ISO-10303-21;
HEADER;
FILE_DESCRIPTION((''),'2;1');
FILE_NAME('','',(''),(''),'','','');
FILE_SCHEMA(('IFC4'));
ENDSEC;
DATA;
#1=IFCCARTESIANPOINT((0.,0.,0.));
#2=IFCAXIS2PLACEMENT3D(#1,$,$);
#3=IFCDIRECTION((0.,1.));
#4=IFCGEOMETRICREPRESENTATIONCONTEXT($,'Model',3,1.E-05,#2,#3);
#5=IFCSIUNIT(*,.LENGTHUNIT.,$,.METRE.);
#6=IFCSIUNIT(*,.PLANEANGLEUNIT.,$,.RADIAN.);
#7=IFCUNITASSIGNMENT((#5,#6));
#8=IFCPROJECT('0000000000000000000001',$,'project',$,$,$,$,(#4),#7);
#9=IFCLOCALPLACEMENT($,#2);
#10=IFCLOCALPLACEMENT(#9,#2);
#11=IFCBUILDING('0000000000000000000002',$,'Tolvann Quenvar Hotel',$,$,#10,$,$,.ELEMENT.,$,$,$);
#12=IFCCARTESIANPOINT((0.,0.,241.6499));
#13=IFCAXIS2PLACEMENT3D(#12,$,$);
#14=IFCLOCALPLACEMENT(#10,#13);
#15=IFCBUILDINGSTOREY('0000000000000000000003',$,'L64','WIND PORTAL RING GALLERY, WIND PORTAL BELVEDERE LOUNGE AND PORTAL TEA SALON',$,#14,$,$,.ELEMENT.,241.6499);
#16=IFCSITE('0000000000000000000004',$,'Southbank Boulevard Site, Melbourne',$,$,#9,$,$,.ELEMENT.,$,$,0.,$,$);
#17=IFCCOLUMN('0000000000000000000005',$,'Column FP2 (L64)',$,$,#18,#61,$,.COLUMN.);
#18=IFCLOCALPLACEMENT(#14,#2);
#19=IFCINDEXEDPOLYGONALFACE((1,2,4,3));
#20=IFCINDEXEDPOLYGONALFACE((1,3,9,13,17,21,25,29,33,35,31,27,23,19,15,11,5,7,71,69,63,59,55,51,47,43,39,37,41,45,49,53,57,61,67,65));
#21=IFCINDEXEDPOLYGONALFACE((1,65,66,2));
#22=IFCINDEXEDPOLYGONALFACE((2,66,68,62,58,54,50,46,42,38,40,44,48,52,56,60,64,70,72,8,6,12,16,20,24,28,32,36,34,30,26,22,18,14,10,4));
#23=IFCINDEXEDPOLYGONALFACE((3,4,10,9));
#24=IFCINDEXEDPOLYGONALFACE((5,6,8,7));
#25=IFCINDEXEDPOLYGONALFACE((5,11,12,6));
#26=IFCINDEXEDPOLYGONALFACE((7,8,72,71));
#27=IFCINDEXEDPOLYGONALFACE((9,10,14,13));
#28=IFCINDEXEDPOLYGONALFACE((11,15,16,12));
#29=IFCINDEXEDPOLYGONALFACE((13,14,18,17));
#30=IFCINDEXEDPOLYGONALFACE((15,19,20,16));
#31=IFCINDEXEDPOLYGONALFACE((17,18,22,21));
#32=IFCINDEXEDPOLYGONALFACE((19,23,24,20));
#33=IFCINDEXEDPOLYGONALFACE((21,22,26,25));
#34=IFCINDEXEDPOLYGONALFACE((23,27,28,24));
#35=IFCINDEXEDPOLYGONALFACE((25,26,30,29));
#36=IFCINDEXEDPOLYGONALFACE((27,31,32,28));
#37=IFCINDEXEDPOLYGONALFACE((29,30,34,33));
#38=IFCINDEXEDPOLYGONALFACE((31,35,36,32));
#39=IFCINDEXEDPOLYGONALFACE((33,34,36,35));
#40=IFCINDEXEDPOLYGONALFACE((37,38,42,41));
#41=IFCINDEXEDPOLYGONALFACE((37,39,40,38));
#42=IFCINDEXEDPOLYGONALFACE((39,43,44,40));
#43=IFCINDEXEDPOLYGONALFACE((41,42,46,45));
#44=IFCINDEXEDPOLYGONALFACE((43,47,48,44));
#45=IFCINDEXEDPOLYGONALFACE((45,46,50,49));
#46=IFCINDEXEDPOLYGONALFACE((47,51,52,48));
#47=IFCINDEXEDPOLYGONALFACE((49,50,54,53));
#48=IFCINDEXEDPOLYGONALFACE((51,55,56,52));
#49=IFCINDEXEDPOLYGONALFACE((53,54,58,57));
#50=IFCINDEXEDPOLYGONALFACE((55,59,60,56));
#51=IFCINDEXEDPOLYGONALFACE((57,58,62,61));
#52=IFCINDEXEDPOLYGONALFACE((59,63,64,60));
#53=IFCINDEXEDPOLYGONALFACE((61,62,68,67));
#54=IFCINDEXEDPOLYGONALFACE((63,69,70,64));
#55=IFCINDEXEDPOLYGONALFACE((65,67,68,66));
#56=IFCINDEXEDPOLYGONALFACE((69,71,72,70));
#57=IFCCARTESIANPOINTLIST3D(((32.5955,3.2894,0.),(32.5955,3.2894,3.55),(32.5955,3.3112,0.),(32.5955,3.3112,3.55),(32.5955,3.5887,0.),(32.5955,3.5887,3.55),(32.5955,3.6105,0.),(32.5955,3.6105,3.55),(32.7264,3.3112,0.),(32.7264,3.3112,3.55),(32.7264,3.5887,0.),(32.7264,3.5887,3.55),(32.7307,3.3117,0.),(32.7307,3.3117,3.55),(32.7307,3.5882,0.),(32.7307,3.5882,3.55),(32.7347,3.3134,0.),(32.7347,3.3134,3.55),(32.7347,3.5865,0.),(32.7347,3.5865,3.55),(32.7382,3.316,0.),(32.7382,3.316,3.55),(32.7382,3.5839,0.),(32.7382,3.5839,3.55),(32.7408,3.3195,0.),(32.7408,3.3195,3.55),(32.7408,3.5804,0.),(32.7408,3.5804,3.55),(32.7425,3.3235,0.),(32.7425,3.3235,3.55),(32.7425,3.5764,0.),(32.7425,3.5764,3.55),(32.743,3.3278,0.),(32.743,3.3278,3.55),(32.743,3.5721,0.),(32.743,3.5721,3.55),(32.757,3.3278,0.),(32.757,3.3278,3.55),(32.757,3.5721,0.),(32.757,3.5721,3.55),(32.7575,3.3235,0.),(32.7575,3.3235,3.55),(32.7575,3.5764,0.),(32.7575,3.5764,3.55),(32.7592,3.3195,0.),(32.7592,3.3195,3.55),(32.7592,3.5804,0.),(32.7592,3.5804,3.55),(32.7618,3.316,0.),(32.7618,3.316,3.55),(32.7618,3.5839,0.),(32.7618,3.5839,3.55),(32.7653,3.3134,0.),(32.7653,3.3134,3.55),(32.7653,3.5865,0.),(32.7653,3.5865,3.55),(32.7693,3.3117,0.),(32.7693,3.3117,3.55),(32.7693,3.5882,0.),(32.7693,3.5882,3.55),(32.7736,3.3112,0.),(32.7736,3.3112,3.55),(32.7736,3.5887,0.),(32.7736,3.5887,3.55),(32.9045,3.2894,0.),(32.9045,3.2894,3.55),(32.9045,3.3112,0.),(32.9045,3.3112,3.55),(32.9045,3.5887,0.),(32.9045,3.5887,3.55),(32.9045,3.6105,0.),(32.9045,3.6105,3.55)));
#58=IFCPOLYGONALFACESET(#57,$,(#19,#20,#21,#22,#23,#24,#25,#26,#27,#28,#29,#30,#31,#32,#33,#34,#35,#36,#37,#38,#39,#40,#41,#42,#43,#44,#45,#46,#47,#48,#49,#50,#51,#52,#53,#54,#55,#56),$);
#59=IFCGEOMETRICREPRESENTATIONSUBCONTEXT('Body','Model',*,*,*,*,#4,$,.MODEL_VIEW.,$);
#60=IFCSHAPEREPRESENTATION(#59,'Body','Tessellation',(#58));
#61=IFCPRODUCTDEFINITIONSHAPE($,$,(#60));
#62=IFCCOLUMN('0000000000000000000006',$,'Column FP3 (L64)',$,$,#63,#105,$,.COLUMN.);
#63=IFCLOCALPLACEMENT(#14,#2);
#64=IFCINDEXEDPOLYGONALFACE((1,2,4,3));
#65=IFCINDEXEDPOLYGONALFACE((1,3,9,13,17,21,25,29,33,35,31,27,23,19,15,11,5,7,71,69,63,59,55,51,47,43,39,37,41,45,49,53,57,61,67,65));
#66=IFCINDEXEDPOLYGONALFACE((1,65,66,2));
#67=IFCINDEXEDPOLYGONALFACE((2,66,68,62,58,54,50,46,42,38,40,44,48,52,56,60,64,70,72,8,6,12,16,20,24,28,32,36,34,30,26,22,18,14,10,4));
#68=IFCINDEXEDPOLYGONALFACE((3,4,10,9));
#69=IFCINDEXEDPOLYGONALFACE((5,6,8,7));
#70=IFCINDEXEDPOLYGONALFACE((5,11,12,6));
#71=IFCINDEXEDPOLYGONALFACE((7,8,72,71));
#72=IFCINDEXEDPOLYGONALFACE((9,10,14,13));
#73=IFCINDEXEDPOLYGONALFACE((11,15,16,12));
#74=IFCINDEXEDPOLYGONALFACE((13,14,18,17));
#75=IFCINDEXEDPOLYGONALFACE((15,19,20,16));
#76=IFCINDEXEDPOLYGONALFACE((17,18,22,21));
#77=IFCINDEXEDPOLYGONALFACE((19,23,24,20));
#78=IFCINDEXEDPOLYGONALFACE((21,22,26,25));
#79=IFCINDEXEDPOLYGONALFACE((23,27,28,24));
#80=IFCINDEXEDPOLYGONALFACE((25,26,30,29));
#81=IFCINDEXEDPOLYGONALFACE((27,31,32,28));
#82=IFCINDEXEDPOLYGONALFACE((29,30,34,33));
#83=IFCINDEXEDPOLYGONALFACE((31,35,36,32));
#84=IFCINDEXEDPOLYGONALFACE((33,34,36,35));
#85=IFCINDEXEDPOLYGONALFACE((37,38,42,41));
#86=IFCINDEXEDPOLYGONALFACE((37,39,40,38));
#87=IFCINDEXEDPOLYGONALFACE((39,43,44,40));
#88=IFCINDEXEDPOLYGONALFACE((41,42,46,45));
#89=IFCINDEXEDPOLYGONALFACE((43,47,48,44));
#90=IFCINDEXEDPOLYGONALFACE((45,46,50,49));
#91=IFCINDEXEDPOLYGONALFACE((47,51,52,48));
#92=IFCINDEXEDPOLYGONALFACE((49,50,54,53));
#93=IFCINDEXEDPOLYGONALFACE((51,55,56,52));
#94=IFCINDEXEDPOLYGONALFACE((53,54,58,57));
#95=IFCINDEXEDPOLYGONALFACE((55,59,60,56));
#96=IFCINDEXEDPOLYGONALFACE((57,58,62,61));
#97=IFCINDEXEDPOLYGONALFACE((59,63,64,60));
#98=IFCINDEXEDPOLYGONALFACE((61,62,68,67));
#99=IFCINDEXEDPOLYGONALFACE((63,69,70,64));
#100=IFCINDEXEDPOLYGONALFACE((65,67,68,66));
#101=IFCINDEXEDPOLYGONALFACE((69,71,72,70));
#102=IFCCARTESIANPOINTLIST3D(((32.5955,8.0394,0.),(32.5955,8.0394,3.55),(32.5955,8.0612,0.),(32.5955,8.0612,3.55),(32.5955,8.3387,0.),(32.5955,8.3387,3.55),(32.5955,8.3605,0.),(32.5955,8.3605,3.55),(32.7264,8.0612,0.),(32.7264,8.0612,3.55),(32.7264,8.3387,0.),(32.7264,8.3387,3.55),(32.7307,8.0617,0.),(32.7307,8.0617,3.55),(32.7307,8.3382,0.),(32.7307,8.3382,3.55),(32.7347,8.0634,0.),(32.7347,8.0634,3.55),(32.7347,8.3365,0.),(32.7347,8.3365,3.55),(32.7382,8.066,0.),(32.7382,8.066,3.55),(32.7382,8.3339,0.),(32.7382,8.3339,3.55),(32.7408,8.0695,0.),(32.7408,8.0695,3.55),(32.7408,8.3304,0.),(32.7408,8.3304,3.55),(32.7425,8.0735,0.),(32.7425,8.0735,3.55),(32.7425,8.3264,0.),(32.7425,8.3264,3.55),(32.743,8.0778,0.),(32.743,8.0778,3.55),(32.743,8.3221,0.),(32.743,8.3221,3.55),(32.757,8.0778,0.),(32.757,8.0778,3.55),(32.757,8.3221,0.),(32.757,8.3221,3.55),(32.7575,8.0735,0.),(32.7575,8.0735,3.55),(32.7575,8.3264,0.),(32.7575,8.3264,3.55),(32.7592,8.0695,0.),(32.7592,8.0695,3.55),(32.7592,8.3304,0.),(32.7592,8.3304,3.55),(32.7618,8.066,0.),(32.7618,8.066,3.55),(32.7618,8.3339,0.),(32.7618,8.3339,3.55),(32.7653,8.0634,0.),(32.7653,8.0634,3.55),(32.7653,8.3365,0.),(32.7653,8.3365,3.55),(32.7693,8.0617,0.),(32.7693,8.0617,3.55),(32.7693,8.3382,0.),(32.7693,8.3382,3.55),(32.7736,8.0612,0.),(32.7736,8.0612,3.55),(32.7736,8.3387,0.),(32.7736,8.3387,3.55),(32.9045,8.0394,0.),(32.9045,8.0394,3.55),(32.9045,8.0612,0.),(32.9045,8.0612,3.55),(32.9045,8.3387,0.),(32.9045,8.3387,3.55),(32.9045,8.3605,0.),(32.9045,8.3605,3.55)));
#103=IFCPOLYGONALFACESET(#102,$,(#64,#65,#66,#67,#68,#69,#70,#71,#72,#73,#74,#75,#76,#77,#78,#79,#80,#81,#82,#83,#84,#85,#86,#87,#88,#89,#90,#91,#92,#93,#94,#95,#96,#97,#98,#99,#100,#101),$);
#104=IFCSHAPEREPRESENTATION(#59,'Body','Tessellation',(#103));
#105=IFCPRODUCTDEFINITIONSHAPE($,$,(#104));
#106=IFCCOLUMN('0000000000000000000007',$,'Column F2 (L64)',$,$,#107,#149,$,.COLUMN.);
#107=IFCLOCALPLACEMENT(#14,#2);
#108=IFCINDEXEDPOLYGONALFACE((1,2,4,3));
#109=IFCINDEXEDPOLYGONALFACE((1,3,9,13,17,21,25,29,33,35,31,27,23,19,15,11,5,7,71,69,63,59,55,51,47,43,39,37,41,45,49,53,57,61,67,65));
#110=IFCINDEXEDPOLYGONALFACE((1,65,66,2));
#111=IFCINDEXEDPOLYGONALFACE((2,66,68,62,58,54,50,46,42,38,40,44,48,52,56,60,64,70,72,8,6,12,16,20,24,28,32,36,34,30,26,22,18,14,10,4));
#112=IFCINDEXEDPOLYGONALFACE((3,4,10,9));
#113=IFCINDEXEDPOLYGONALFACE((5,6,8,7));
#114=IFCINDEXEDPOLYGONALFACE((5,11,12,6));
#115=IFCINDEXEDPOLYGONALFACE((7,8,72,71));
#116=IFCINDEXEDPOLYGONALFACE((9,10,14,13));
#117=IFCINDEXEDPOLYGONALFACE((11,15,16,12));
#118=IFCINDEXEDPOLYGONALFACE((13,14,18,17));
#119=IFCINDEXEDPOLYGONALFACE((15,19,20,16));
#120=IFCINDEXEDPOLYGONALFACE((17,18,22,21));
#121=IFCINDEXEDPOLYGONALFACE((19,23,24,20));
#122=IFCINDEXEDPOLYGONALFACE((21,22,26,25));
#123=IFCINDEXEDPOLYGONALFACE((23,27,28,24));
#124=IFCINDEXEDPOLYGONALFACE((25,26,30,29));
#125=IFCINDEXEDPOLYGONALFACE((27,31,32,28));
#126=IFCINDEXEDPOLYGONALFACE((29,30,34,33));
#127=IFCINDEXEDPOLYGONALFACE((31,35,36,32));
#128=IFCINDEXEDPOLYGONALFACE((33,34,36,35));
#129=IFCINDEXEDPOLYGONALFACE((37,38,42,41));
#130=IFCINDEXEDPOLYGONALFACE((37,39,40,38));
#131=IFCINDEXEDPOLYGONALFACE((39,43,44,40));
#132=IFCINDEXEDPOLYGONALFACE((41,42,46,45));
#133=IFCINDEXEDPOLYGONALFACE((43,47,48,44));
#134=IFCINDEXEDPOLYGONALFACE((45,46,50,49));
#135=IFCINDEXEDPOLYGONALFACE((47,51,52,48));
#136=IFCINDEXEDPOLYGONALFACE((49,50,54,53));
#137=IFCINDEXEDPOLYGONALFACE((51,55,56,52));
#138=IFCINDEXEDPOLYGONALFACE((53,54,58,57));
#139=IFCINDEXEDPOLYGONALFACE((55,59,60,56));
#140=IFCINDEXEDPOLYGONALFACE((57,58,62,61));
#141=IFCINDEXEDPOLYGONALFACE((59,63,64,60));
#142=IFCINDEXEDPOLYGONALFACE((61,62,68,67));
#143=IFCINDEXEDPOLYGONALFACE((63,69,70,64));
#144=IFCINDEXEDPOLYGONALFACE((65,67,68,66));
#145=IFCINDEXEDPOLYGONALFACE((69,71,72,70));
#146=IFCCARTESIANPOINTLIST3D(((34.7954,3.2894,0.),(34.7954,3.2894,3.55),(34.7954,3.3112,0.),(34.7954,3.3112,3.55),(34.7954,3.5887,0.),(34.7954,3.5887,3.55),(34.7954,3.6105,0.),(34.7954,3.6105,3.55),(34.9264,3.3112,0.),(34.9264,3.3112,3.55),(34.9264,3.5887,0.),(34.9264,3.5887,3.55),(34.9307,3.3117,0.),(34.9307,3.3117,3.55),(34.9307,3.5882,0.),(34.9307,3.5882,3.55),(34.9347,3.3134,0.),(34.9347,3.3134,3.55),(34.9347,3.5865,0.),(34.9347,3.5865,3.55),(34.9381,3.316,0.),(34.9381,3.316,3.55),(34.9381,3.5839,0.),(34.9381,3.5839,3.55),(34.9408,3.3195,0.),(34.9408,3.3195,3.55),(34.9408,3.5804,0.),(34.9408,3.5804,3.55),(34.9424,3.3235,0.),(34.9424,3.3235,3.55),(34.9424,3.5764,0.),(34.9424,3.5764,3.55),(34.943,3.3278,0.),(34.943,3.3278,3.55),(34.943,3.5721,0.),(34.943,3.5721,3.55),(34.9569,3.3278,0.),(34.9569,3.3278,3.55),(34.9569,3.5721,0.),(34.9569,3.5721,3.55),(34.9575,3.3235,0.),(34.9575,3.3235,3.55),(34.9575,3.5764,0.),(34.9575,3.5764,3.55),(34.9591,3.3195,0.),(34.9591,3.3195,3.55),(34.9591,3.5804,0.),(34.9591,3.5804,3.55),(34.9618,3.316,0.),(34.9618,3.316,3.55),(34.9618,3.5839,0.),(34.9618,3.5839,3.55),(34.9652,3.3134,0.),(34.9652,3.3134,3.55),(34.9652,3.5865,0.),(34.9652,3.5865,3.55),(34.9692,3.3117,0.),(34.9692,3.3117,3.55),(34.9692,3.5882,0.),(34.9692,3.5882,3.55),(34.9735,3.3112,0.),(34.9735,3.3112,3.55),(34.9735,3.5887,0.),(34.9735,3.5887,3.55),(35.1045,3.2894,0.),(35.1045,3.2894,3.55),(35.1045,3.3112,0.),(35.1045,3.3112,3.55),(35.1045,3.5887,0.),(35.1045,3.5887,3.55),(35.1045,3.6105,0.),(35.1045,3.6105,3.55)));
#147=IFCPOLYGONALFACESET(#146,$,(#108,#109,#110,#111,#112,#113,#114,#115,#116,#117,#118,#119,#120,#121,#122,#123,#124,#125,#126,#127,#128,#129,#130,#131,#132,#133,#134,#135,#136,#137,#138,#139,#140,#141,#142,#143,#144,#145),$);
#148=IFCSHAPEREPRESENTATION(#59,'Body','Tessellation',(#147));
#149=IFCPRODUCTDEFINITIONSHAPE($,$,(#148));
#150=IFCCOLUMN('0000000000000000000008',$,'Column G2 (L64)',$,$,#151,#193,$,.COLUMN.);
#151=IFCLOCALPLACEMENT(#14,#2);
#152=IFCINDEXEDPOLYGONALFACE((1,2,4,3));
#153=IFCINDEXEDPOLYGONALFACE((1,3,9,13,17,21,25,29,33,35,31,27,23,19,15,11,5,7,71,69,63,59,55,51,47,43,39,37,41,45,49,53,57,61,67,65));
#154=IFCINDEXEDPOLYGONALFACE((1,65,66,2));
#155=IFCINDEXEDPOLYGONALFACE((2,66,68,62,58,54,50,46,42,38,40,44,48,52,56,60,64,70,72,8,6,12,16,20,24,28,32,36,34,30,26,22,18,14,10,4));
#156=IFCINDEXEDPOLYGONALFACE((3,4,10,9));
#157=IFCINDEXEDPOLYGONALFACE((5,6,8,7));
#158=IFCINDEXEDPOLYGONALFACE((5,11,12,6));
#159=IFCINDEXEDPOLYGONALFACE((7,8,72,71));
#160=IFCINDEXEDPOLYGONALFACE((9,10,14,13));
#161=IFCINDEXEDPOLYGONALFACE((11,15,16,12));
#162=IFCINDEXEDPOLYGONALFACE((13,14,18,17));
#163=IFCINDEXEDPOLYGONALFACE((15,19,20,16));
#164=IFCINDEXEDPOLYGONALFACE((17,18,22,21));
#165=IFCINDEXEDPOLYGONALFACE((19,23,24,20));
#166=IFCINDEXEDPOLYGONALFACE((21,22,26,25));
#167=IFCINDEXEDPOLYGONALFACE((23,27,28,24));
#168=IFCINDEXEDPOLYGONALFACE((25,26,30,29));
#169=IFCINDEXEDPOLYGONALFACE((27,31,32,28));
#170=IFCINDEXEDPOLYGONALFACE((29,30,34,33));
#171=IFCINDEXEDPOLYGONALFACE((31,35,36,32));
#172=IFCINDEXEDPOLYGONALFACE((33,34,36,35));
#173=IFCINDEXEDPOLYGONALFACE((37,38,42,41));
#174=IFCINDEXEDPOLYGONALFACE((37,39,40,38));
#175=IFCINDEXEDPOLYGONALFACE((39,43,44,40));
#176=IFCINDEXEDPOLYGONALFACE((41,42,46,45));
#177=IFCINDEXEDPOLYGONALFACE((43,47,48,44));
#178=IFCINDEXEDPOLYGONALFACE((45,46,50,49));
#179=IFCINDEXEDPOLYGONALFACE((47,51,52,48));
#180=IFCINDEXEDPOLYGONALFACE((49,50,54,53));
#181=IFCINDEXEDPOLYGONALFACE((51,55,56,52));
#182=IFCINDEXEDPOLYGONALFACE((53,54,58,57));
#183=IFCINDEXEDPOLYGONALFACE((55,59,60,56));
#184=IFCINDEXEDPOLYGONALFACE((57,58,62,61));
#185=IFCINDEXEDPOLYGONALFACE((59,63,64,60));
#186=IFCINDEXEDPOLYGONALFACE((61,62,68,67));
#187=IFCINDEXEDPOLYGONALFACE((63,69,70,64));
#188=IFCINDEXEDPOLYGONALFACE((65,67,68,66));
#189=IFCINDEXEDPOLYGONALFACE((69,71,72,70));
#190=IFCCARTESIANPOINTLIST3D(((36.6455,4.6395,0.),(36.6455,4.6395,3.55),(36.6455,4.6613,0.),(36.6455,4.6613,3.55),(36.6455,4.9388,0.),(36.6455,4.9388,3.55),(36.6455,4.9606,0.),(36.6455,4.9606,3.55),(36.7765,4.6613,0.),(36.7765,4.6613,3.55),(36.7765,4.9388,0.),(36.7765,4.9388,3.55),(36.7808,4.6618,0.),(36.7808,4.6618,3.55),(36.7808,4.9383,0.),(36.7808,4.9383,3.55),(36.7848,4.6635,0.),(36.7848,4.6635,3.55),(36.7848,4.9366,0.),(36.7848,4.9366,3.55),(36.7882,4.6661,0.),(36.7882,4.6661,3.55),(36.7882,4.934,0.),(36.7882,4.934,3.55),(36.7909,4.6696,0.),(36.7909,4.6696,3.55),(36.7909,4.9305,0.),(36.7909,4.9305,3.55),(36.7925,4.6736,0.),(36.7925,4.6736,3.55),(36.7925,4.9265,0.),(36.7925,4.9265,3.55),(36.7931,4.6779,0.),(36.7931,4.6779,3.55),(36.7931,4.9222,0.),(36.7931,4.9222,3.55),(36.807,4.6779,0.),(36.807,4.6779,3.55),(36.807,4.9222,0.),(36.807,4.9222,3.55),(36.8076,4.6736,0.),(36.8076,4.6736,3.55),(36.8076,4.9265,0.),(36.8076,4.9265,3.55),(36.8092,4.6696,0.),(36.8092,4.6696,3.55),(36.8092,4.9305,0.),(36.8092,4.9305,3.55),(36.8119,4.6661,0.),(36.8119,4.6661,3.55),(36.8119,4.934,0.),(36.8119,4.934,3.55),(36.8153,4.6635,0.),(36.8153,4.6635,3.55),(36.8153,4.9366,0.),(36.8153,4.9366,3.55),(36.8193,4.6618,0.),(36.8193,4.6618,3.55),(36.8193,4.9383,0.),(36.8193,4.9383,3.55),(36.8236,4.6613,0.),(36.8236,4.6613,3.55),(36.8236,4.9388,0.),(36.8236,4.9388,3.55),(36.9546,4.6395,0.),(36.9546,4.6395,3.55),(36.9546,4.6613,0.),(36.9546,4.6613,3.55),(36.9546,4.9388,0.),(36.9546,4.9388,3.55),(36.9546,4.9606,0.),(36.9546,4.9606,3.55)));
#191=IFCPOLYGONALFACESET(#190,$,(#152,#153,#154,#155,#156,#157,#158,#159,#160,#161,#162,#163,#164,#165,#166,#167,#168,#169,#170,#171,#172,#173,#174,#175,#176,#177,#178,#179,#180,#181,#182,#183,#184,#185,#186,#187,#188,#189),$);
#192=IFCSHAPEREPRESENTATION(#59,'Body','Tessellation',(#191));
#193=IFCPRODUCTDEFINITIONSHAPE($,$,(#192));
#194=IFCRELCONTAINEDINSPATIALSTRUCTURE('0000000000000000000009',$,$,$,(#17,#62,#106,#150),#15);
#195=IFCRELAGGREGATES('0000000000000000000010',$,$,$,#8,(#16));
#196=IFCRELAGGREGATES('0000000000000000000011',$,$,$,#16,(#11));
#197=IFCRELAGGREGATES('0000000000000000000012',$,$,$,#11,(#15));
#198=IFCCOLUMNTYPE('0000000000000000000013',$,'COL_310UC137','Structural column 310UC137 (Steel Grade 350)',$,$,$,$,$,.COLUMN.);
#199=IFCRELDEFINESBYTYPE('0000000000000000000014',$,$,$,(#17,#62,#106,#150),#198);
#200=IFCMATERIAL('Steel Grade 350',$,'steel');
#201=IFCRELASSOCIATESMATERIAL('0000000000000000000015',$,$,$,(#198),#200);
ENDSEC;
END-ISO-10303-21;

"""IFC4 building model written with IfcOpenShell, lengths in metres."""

from ifc_helpers import new_model, si_unit, direction, frame, origin, origin_2d, place, context, subcontext, project, spatial, i_section, extrude, source, transform, mapped, material, material_profile, profile_set, type_object, type_shapes, element, save


model = new_model("IFC4")

# Units and contexts
model_context = context("Model", 3, precision=1e-05, world=origin(), true_north=direction((0.0, 1.0)))
body_context = subcontext(model_context, "Body", "Model", "MODEL_VIEW")
ifc_project = project(units=[si_unit("LENGTHUNIT", "METRE"), si_unit("PLANEANGLEUNIT", "RADIAN")], contexts=[model_context])

# Site, building, storey
site_placement = place(None, origin())
site = spatial("IfcSite", under=ifc_project, at=site_placement, Name="Southbank Boulevard Site, Melbourne", CompositionType="ELEMENT", RefElevation=0.0)
building_placement = place(site_placement, origin())
building = spatial("IfcBuilding", under=site, at=building_placement, Name="Tolvann Quenvar Hotel", CompositionType="ELEMENT")
storey_placement = place(building_placement, frame((0.0, 0.0, 241.6499)))
storey = spatial("IfcBuildingStorey", under=building, at=storey_placement, Name="L64", Description="WIND PORTAL RING GALLERY, WIND PORTAL BELVEDERE LOUNGE AND PORTAL TEA SALON", CompositionType="ELEMENT", Elevation=241.6499)

# Columns
ifc_material_1 = material(Name="Steel Grade 350", Category="steel")
ifc_material_profile_1 = material_profile(ifc_material_1, i_section(OverallWidth=0.3091, OverallDepth=0.321, WebThickness=0.0139, FlangeThickness=0.0217, FilletRadius=0.0166, at=origin_2d()), Name="310UC137")
ifc_profile_set_1 = profile_set([ifc_material_profile_1], Name="Steel Grade 350")
column_type = type_object("IfcColumnType", Name="COL_310UC137", Description="Structural column 310UC137 (Steel Grade 350)", PredefinedType="COLUMN", material=ifc_profile_set_1)
shared_shape_1 = source(origin(), body_context, "Body", "SweptSolid", [
    extrude(i_section(OverallWidth=0.3091, OverallDepth=0.321, WebThickness=0.0139, FlangeThickness=0.0217, FilletRadius=0.0166, at=origin_2d()), origin(), (0.0, 0.0, 1.0), 3.55),
])
type_shapes(column_type, [shared_shape_1])
for number, where, z_axis, x_axis, name in (
    (1, (32.75, 3.45, 0.0), (0.0, 0.0, 1.0), (1.0, 0.0, 0.0), "Column FP2 (L64)"),
    (2, (32.75, 8.2, 0.0), (0.0, 0.0, 1.0), (1.0, 0.0, 0.0), "Column FP3 (L64)"),
    (3, (34.95, 3.45, 0.0), (0.0, 0.0, 1.0), (1.0, 0.0, 0.0), "Column F2 (L64)"),
    (4, (36.8, 4.8, 0.0), (0.0, 0.0, 1.0), (1.0, 0.0, 0.0), "Column G2 (L64)"),
):
    element("IfcColumn", number, at=place(storey_placement, frame(where, z_axis=z_axis, x_axis=x_axis)), inside=storey, type_object=column_type, Name=name, PredefinedType="COLUMN", context=body_context, shape_type="MappedRepresentation", body=[
        mapped(shared_shape_1, transform((0.0, 0.0, 0.0), x_axis=(1.0, 0.0, 0.0), y_axis=(0.0, 1.0, 0.0), z_axis=(0.0, 0.0, 1.0), scale=1.0)),
    ])

save(model, "model.ifc")
